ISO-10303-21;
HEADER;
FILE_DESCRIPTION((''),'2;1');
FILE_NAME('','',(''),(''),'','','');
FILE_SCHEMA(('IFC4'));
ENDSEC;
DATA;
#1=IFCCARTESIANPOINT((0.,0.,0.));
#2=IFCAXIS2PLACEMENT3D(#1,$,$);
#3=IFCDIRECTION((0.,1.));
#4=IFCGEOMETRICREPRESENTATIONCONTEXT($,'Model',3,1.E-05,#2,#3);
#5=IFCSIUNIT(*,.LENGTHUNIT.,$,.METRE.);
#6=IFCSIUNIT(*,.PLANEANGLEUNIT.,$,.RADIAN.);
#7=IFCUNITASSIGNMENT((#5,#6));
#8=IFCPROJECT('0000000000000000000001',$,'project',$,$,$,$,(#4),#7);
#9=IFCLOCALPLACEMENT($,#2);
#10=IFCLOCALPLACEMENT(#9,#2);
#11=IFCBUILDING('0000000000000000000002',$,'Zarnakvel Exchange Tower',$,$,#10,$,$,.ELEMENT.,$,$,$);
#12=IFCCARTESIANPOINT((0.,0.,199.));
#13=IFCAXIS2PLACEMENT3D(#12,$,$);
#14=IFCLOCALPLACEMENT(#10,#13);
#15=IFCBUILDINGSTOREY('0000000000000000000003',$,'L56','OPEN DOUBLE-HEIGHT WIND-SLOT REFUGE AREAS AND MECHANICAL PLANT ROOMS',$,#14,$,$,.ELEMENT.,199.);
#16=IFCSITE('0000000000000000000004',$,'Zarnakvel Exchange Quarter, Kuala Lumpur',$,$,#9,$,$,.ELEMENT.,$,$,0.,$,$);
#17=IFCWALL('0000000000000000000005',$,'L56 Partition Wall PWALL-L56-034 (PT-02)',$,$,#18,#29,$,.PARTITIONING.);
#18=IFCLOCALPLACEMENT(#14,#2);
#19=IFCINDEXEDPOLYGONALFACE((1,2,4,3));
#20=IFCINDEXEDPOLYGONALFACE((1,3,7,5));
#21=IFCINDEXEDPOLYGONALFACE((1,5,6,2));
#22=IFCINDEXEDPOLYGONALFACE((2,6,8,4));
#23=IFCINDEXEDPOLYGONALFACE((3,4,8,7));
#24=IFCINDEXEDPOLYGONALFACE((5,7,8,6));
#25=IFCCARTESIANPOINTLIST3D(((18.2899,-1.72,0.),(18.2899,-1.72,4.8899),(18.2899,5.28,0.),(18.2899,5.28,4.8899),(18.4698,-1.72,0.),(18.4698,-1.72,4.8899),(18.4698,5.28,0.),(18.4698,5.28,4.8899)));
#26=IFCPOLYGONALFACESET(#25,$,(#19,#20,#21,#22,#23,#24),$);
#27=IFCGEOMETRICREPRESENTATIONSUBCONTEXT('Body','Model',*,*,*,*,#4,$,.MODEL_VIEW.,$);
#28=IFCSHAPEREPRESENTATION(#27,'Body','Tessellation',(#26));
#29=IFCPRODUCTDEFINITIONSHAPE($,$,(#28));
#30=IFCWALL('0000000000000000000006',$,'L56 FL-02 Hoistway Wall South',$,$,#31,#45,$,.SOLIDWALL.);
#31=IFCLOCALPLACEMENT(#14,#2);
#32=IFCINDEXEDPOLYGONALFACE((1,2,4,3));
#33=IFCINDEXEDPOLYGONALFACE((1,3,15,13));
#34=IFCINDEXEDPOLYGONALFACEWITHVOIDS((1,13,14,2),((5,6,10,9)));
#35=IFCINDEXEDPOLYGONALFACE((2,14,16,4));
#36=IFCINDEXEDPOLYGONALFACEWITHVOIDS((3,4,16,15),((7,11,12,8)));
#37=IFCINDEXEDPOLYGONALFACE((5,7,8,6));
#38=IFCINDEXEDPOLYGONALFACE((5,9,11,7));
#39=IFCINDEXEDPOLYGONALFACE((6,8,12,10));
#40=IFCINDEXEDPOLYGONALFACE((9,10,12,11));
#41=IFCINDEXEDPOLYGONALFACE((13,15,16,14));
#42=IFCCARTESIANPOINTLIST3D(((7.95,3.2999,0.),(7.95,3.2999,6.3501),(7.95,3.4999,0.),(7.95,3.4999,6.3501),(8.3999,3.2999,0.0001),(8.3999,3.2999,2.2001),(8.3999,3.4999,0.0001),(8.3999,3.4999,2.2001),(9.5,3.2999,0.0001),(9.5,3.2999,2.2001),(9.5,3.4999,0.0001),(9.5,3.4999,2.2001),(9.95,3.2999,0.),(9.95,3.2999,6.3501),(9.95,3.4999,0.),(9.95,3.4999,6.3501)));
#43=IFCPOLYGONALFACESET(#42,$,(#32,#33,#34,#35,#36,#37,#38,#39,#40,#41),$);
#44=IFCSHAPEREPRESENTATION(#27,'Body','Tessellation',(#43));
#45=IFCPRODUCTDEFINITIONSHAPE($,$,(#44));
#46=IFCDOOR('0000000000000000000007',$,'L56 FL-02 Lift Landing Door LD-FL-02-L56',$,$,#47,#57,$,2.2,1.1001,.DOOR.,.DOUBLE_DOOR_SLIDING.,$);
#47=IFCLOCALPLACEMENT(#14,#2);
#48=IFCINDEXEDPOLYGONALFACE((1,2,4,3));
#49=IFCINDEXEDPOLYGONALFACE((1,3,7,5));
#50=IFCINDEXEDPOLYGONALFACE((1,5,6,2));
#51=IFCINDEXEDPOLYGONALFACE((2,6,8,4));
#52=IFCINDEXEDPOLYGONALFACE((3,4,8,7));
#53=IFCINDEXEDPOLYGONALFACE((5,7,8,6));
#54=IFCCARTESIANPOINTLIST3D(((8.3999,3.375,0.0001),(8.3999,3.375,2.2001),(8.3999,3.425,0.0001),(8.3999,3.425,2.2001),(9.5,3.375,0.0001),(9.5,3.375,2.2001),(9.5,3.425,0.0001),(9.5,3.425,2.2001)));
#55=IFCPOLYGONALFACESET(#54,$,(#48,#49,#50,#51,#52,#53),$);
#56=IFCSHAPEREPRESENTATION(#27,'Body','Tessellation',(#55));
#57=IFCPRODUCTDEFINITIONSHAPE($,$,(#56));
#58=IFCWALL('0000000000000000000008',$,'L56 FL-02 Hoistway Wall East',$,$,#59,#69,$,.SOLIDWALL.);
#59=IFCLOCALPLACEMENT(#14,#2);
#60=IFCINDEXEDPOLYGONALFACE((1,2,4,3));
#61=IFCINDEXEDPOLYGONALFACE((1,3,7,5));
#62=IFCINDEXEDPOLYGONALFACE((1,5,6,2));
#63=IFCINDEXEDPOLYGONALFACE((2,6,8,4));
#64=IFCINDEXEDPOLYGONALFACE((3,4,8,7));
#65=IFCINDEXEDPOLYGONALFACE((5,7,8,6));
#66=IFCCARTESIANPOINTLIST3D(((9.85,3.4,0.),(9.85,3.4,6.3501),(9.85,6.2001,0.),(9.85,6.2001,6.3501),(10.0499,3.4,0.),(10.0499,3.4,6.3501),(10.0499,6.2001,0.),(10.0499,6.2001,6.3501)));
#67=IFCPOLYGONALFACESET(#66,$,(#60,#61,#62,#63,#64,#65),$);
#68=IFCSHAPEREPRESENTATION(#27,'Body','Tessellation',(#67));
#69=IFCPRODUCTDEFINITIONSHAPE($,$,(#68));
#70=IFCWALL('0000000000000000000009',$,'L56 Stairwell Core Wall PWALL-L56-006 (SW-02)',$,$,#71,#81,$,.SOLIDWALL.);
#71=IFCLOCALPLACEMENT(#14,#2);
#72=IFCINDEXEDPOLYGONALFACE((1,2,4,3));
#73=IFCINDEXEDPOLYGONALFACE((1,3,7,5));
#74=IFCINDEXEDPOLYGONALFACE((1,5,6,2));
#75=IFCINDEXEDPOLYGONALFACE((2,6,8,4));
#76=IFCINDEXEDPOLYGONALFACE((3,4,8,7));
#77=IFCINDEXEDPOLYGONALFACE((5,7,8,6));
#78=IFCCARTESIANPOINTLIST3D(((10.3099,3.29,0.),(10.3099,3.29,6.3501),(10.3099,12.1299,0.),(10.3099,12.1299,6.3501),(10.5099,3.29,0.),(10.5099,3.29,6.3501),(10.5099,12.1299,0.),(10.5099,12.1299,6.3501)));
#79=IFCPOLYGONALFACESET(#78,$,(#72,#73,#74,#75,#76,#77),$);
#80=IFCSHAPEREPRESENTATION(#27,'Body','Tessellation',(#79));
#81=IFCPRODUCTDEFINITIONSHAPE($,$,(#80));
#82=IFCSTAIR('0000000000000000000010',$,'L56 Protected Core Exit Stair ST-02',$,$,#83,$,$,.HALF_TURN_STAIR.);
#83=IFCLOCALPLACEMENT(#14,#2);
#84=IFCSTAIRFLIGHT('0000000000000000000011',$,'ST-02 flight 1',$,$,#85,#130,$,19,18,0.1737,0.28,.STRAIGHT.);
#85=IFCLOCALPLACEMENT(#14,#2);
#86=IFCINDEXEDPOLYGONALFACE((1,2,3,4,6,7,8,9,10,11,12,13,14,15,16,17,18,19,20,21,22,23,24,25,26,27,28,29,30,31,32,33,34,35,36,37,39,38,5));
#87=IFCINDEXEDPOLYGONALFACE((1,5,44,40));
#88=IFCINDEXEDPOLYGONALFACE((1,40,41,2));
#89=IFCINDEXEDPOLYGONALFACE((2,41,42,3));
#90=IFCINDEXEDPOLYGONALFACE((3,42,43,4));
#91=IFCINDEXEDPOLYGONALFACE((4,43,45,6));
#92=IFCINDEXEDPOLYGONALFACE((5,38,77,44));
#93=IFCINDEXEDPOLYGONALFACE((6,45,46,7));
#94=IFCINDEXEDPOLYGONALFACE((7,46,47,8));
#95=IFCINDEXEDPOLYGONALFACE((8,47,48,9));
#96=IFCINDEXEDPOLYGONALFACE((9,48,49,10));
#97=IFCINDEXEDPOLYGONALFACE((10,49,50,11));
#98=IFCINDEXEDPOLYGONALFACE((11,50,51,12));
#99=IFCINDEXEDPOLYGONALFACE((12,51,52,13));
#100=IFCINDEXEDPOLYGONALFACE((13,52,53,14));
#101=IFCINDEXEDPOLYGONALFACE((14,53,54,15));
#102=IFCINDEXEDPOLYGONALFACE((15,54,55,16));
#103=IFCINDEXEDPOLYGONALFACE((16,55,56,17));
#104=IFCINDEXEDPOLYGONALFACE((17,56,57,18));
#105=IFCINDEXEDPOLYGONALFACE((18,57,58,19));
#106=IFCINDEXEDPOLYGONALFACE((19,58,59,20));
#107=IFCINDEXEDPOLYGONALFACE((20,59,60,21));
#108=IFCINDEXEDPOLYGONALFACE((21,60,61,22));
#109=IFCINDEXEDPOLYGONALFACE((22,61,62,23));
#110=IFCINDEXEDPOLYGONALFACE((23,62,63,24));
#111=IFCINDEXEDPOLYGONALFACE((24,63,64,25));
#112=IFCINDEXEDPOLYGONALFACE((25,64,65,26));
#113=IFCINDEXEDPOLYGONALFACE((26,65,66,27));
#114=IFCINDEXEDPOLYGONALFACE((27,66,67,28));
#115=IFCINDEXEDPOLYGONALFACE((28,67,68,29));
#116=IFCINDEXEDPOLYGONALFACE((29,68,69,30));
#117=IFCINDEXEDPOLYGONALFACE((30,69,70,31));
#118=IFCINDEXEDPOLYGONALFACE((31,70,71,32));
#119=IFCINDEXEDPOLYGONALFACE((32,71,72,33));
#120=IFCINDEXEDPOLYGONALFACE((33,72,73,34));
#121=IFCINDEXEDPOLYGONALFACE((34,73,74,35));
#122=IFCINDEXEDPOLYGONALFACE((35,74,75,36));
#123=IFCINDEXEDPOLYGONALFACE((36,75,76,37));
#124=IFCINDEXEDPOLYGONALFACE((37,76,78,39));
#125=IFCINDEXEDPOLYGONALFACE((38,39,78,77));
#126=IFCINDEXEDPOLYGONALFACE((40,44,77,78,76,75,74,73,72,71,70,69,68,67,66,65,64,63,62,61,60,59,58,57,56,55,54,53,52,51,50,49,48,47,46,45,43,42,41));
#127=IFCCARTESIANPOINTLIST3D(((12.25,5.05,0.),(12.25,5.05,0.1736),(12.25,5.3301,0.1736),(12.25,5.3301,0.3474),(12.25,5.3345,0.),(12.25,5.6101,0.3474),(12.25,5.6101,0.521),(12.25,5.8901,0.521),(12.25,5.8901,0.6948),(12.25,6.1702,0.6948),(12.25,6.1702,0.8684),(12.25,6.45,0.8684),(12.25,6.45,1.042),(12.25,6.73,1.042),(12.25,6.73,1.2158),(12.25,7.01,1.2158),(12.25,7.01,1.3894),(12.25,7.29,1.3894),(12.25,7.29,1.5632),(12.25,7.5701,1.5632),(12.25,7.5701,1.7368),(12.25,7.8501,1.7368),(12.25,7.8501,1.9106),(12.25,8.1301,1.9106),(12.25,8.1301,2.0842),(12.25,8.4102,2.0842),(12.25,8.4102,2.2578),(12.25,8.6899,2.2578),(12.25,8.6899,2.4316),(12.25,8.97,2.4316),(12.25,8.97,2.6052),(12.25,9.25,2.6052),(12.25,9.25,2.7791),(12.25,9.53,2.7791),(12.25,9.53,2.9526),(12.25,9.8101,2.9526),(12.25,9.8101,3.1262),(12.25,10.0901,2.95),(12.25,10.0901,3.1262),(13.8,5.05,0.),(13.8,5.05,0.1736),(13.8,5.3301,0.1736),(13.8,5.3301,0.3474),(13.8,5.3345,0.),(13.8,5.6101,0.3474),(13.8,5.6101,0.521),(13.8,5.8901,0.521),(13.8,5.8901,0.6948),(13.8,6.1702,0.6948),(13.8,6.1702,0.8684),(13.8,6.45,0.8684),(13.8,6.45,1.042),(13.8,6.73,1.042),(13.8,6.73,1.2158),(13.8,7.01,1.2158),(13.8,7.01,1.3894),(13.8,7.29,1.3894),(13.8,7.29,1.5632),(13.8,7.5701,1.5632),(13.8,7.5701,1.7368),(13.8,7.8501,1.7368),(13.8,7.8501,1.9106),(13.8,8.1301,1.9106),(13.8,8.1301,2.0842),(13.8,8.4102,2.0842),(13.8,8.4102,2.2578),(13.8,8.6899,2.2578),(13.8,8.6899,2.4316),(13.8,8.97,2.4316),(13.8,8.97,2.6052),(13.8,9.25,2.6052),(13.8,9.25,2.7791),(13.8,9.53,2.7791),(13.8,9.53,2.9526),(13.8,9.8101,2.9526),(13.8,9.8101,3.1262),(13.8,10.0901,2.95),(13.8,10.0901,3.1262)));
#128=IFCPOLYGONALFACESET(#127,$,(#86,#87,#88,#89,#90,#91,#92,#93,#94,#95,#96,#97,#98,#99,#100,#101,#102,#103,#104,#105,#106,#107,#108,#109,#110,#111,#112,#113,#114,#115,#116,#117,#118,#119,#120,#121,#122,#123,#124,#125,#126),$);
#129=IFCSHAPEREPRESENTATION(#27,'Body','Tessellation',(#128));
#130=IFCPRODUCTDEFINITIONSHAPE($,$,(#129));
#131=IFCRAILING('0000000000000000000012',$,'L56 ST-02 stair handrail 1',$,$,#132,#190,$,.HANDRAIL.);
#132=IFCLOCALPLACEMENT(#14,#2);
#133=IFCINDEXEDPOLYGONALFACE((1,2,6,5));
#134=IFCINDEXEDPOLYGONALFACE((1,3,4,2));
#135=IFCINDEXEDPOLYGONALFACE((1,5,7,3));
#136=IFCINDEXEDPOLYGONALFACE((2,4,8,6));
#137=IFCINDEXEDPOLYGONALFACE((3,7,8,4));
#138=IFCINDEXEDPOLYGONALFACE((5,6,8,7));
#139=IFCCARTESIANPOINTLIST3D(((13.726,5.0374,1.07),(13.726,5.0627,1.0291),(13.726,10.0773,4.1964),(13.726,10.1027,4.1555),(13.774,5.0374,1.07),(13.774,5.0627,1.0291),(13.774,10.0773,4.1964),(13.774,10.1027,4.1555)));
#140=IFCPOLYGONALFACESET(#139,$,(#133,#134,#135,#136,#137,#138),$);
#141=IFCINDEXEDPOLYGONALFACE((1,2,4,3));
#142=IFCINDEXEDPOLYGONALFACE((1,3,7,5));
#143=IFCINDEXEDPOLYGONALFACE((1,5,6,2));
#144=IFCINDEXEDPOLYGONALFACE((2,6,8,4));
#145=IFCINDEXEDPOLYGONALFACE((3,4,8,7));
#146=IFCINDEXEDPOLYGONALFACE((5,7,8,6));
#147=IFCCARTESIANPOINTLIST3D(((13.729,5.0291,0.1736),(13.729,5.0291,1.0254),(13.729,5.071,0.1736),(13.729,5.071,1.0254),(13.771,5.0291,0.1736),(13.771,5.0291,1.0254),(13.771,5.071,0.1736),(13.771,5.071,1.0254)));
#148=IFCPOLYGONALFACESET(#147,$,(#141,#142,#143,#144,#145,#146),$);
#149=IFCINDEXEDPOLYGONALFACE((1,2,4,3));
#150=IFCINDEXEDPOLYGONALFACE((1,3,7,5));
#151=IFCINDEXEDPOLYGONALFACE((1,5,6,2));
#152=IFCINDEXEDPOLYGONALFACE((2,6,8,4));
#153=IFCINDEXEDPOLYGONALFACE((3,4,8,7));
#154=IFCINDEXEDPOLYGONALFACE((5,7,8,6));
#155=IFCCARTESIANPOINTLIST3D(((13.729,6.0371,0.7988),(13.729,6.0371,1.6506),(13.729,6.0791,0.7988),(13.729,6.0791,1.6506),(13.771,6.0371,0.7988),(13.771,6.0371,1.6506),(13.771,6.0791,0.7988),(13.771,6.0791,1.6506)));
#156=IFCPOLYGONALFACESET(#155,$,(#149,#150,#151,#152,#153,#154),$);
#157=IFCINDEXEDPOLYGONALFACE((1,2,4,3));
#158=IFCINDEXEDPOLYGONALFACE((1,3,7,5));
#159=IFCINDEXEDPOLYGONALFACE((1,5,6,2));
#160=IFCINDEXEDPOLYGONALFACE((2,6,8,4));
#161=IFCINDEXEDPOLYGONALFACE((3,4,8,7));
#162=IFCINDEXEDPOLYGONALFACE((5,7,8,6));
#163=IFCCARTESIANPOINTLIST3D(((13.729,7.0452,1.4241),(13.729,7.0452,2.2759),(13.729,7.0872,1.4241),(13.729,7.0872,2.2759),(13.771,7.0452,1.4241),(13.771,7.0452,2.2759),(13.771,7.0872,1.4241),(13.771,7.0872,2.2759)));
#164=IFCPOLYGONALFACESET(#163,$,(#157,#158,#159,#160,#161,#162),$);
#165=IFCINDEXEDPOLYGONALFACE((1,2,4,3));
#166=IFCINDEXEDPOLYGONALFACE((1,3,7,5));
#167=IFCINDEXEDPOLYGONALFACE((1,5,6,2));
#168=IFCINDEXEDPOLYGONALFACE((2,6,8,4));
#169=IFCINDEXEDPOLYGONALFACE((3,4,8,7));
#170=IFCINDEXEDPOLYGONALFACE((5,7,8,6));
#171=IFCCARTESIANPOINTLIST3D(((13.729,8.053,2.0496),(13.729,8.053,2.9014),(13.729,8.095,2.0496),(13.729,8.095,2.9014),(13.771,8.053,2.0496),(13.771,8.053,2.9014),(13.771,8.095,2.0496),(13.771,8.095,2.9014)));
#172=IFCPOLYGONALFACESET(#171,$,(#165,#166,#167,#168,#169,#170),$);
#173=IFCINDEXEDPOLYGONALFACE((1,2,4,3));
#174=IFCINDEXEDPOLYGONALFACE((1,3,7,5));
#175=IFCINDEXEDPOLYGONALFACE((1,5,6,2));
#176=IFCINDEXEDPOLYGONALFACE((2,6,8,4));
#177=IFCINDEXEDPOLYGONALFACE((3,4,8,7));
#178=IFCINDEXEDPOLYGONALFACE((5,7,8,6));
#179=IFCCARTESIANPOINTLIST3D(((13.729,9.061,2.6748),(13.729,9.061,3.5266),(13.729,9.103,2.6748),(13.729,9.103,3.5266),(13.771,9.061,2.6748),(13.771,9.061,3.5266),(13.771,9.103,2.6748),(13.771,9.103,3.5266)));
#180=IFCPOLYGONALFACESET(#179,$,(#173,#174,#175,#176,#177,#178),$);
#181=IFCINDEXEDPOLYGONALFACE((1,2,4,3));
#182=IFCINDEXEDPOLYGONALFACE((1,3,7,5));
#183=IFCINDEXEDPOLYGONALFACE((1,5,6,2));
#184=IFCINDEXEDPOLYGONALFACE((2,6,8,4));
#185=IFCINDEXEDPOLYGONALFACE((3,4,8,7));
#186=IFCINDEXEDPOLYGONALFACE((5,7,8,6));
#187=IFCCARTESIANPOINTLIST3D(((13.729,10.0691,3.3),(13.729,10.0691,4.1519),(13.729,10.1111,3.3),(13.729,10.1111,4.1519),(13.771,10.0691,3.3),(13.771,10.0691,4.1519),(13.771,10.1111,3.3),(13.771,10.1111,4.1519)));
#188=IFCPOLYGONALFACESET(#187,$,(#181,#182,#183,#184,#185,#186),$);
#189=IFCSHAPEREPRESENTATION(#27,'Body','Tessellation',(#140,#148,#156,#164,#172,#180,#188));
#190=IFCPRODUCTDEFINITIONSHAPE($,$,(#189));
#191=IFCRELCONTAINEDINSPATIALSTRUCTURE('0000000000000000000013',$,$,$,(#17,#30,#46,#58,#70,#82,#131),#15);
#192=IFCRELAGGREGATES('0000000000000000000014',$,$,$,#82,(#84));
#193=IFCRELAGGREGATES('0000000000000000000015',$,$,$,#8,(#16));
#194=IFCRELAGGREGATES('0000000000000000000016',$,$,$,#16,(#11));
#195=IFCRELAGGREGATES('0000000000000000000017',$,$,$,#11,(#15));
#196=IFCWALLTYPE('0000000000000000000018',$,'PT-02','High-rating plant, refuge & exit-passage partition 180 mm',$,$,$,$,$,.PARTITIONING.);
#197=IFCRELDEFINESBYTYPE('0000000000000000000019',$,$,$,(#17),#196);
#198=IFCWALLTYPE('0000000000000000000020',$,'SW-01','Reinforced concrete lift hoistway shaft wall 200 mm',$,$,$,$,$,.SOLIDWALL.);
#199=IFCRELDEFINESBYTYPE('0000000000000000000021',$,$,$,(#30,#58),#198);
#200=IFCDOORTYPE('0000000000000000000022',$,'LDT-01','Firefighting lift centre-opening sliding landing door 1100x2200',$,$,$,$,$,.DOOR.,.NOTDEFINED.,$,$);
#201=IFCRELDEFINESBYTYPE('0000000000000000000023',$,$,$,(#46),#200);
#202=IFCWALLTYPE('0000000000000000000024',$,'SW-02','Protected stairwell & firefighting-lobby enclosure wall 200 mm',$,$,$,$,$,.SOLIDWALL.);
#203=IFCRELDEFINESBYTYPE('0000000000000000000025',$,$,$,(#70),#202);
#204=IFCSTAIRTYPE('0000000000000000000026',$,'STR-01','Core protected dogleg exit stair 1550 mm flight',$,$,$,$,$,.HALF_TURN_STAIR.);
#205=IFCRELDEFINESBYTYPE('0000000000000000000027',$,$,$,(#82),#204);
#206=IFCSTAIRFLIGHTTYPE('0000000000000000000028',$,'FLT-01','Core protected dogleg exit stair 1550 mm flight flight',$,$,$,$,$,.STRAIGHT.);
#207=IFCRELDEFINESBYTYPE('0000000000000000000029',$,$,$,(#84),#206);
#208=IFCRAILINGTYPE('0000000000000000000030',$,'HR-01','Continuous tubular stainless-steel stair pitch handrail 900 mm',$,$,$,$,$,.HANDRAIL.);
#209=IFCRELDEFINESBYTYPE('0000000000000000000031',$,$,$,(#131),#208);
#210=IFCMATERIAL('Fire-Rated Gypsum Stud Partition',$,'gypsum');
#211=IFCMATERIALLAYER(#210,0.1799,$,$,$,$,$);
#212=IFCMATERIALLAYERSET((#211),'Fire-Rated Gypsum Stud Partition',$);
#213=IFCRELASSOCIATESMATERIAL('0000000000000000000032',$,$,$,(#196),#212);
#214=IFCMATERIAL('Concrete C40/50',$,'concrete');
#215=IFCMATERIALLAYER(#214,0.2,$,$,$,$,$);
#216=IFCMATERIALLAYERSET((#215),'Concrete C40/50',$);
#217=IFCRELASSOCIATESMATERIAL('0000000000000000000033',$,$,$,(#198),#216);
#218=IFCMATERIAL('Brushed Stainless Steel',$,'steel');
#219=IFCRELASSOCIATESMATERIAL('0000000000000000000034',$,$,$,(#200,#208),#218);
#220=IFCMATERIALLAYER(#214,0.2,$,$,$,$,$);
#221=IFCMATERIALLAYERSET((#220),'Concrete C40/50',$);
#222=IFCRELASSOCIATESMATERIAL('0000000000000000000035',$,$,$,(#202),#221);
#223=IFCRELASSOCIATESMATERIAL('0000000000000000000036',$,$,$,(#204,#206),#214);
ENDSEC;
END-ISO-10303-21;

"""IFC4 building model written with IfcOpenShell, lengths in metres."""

from ifc_helpers import new_model, si_unit, direction, frame, frame_2d, origin, origin_2d, place, context, subcontext, project, spatial, polyline, rectangle, outline, extrude, source, transform, mapped, material, layer, layer_set, type_object, element, fill, aggregate, save


model = new_model("IFC4")

# Units and contexts
model_context = context("Model", 3, precision=1e-05, world=origin(), true_north=direction((0.0, 1.0)))
body_context = subcontext(model_context, "Body", "Model", "MODEL_VIEW")
ifc_project = project(units=[si_unit("LENGTHUNIT", "METRE"), si_unit("PLANEANGLEUNIT", "RADIAN")], contexts=[model_context])

# Site, building, storey
site_placement = place(None, origin())
site = spatial("IfcSite", under=ifc_project, at=site_placement, Name="Zarnakvel Exchange Quarter, Kuala Lumpur", CompositionType="ELEMENT", RefElevation=0.0)
building_placement = place(site_placement, origin())
building = spatial("IfcBuilding", under=site, at=building_placement, Name="Zarnakvel Exchange Tower", CompositionType="ELEMENT")
storey_placement = place(building_placement, frame((0.0, 0.0, 199.0)))
storey = spatial("IfcBuildingStorey", under=building, at=storey_placement, Name="L56", Description="OPEN DOUBLE-HEIGHT WIND-SLOT REFUGE AREAS AND MECHANICAL PLANT ROOMS", CompositionType="ELEMENT", Elevation=199.0)

# Wall
ifc_material_1 = material(Name="Fire-Rated Gypsum Stud Partition", Category="gypsum")
ifc_layer_1 = layer(ifc_material_1, 0.1799)
ifc_layer_set_1 = layer_set([ifc_layer_1], Name="Fire-Rated Gypsum Stud Partition")
wall_type_1 = type_object("IfcWallType", Name="PT-02", Description="High-rating plant, refuge & exit-passage partition 180 mm", PredefinedType="PARTITIONING", material=ifc_layer_set_1)
wall_1_placement = place(storey_placement, frame((18.3799, 5.28, 0.0), z_axis=(0.0, 0.0, 1.0), x_axis=(0.0, -1.0, 0.0)))
element("IfcWall", 1, at=wall_1_placement, inside=storey, type_object=wall_type_1, Name="L56 Partition Wall PWALL-L56-034 (PT-02)", PredefinedType="PARTITIONING", context=body_context, shape_type="SweptSolid", body=[
    extrude(rectangle(XDim=7.0, YDim=0.1799, at=frame_2d((3.5, 0.0))), origin(), (0.0, 0.0, 1.0), 4.8899),
])

# Wall, opening, door
ifc_material_2 = material(Name="Concrete C40/50", Category="concrete")
ifc_layer_2 = layer(ifc_material_2, 0.2)
ifc_layer_set_2 = layer_set([ifc_layer_2], Name="Concrete C40/50")
wall_type_2 = type_object("IfcWallType", Name="SW-01", Description="Reinforced concrete lift hoistway shaft wall 200 mm", PredefinedType="SOLIDWALL", material=ifc_layer_set_2)
wall_2_placement = place(storey_placement, frame((9.95, 3.3999, 0.0), z_axis=(0.0, 0.0, 1.0), x_axis=(-1.0, 0.0, 0.0)))
wall_2 = element("IfcWall", 2, at=wall_2_placement, inside=storey, type_object=wall_type_2, Name="L56 FL-02 Hoistway Wall South", PredefinedType="SOLIDWALL", context=body_context, shape_type="SweptSolid", body=[
    extrude(rectangle(XDim=2.0, YDim=0.2, at=frame_2d((1.0, 0.0))), origin(), (0.0, 0.0, 1.0), 6.3501),
])
opening_1_placement = place(wall_2_placement, frame((0.45, 0.0, 0.0)))
opening_1 = element("IfcOpeningElement", 3, at=opening_1_placement, cuts=wall_2, PredefinedType="OPENING", context=body_context, shape_type="SweptSolid", body=[
    extrude(rectangle(XDim=1.1001, YDim=2.2, at=frame_2d((0.55, 1.1001))), frame((0.0, 0.1099, 0.0), z_axis=(0.0, -1.0, 0.0), x_axis=(1.0, 0.0, 0.0)), (0.0, 0.0, 1.0), 0.22),
])
ifc_material_3 = material(Name="Brushed Stainless Steel", Category="steel")
door_type_1 = type_object("IfcDoorType", Name="LDT-01", Description="Firefighting lift centre-opening sliding landing door 1100x2200", OperationType="NOTDEFINED", PredefinedType="DOOR", material=ifc_material_3)
shared_shape_1 = source(origin(), body_context, "Body", "SweptSolid", [
    extrude(rectangle(XDim=1.1001, YDim=2.2, at=frame_2d((0.55, 1.1001))), frame((0.0, 0.0249, 0.0), z_axis=(0.0, -1.0, 0.0), x_axis=(1.0, 0.0, 0.0)), (0.0, 0.0, 1.0), 0.05),
])
door_1_placement = place(opening_1_placement, origin())
door_1 = element("IfcDoor", 4, at=door_1_placement, inside=storey, type_object=door_type_1, Name="L56 FL-02 Lift Landing Door LD-FL-02-L56", OperationType="DOUBLE_DOOR_SLIDING", OverallHeight=2.2, OverallWidth=1.1001, PredefinedType="DOOR", context=body_context, shape_type="MappedRepresentation", body=[
    mapped(shared_shape_1, transform((0.0, 0.0, 0.0), x_axis=(1.0, 0.0, 0.0), y_axis=(0.0, 1.0, 0.0), z_axis=(0.0, 0.0, 1.0), scale=1.0)),
])
fill(opening_1, door_1)

# Wall
wall_3_placement = place(storey_placement, frame((9.95, 6.2, 0.0), z_axis=(0.0, 0.0, 1.0), x_axis=(0.0, -1.0, 0.0)))
element("IfcWall", 5, at=wall_3_placement, inside=storey, type_object=wall_type_2, Name="L56 FL-02 Hoistway Wall East", PredefinedType="SOLIDWALL", context=body_context, shape_type="SweptSolid", body=[
    extrude(rectangle(XDim=2.8, YDim=0.2, at=frame_2d((1.3999, 0.0))), origin(), (0.0, 0.0, 1.0), 6.3501),
])

# Shared definitions
ifc_layer_3 = layer(ifc_material_2, 0.2)
ifc_layer_set_3 = layer_set([ifc_layer_3], Name="Concrete C40/50")
wall_type_3 = type_object("IfcWallType", Name="SW-02", Description="Protected stairwell & firefighting-lobby enclosure wall 200 mm", PredefinedType="SOLIDWALL", material=ifc_layer_set_3)

# Wall
wall_4_placement = place(storey_placement, frame((10.4099, 3.29, 0.0), z_axis=(0.0, 0.0, 1.0), x_axis=(0.0, 1.0, 0.0)))
element("IfcWall", 6, at=wall_4_placement, inside=storey, type_object=wall_type_3, Name="L56 Stairwell Core Wall PWALL-L56-006 (SW-02)", PredefinedType="SOLIDWALL", context=body_context, shape_type="SweptSolid", body=[
    extrude(rectangle(XDim=8.8398, YDim=0.2, at=frame_2d((4.4199, 0.0))), origin(), (0.0, 0.0, 1.0), 6.3501),
])

# Stair, stair flight
stair_type = type_object("IfcStairType", Name="STR-01", Description="Core protected dogleg exit stair 1550 mm flight", PredefinedType="HALF_TURN_STAIR", material=ifc_material_2)
stair_placement = place(storey_placement, origin())
stair = element("IfcStair", 7, at=stair_placement, inside=storey, type_object=stair_type, Name="L56 Protected Core Exit Stair ST-02", PredefinedType="HALF_TURN_STAIR")
stair_flight_type = type_object("IfcStairFlightType", Name="FLT-01", Description="Core protected dogleg exit stair 1550 mm flight flight", PredefinedType="STRAIGHT", material=ifc_material_2)
stair_flight_placement = place(storey_placement, frame((13.0249, 5.05, 0.0), z_axis=(0.0, 0.0, 1.0), x_axis=(0.0, 1.0, 0.0)))
stair_flight = element("IfcStairFlight", 8, at=stair_flight_placement, type_object=stair_flight_type, Name="ST-02 flight 1", NumberOfRisers=19, NumberOfTreads=18, PredefinedType="STRAIGHT", RiserHeight=0.1737, TreadLength=0.28, context=body_context, shape_type="SweptSolid", body=[
    extrude(outline(polyline([(0.0, 0.0), (0.0, 0.1736), (0.28, 0.1736), (0.28, 0.3474), (0.5601, 0.3474), (0.5601, 0.521), (0.8401, 0.521), (0.8401, 0.6948), (1.1201, 0.6948), (1.1201, 0.8684), (1.3999, 0.8684), (1.3999, 1.042), (1.6799, 1.042), (1.6799, 1.2158), (1.96, 1.2158), (1.96, 1.3894), (2.24, 1.3894), (2.24, 1.5632), (2.52, 1.5632), (2.52, 1.7368), (2.8, 1.7368), (2.8, 1.9106), (3.0801, 1.9106), (3.0801, 2.0842), (3.3601, 2.0842), (3.3601, 2.2578), (3.6399, 2.2578), (3.6399, 2.4316), (3.9199, 2.4316), (3.9199, 2.6052), (4.2, 2.6052), (4.2, 2.7791), (4.48, 2.7791), (4.48, 2.9526), (4.76, 2.9526), (4.76, 3.1262), (5.04, 3.1262), (5.04, 3.3), (5.04, 2.95), (0.2844, 0.0), (0.0, 0.0)])), frame((0.0, 0.7749, 0.0), z_axis=(0.0, -1.0, 0.0), x_axis=(1.0, 0.0, 0.0)), (0.0, 0.0, 1.0), 1.55),
])
aggregate(stair, [stair_flight])

# Railing
railing_type_1 = type_object("IfcRailingType", Name="HR-01", Description="Continuous tubular stainless-steel stair pitch handrail 900 mm", PredefinedType="HANDRAIL", material=ifc_material_3)
railing_1_placement = place(storey_placement, frame((13.75, 5.05, 0.1736)))
element("IfcRailing", 9, at=railing_1_placement, inside=storey, type_object=railing_type_1, Name="L56 ST-02 stair handrail 1", PredefinedType="HANDRAIL", context=body_context, shape_type="SweptSolid", body=[
    extrude(rectangle(XDim=0.0481, YDim=0.0481, at=origin_2d()), frame((0.0, 0.0, 0.876), z_axis=(0.0, 0.849779, 0.527139), x_axis=(-1.0, 0.0, 0.0)), (0.0, 0.0, 1.0), 5.9309),
    extrude(rectangle(XDim=0.042, YDim=0.042, at=origin_2d()), origin(), (0.0, 0.0, 1.0), 0.8518),
    extrude(rectangle(XDim=0.042, YDim=0.042, at=origin_2d()), frame((0.0, 1.0081, 0.6252)), (0.0, 0.0, 1.0), 0.8518),
    extrude(rectangle(XDim=0.042, YDim=0.042, at=origin_2d()), frame((0.0, 2.0161, 1.2505)), (0.0, 0.0, 1.0), 0.8518),
    extrude(rectangle(XDim=0.042, YDim=0.042, at=origin_2d()), frame((0.0, 3.0239, 1.876)), (0.0, 0.0, 1.0), 0.8518),
    extrude(rectangle(XDim=0.042, YDim=0.042, at=origin_2d()), frame((0.0, 4.032, 2.5012)), (0.0, 0.0, 1.0), 0.8518),
    extrude(rectangle(XDim=0.042, YDim=0.042, at=origin_2d()), frame((0.0, 5.04, 3.1265)), (0.0, 0.0, 1.0), 0.8518),
])

save(model, "model.ifc")
